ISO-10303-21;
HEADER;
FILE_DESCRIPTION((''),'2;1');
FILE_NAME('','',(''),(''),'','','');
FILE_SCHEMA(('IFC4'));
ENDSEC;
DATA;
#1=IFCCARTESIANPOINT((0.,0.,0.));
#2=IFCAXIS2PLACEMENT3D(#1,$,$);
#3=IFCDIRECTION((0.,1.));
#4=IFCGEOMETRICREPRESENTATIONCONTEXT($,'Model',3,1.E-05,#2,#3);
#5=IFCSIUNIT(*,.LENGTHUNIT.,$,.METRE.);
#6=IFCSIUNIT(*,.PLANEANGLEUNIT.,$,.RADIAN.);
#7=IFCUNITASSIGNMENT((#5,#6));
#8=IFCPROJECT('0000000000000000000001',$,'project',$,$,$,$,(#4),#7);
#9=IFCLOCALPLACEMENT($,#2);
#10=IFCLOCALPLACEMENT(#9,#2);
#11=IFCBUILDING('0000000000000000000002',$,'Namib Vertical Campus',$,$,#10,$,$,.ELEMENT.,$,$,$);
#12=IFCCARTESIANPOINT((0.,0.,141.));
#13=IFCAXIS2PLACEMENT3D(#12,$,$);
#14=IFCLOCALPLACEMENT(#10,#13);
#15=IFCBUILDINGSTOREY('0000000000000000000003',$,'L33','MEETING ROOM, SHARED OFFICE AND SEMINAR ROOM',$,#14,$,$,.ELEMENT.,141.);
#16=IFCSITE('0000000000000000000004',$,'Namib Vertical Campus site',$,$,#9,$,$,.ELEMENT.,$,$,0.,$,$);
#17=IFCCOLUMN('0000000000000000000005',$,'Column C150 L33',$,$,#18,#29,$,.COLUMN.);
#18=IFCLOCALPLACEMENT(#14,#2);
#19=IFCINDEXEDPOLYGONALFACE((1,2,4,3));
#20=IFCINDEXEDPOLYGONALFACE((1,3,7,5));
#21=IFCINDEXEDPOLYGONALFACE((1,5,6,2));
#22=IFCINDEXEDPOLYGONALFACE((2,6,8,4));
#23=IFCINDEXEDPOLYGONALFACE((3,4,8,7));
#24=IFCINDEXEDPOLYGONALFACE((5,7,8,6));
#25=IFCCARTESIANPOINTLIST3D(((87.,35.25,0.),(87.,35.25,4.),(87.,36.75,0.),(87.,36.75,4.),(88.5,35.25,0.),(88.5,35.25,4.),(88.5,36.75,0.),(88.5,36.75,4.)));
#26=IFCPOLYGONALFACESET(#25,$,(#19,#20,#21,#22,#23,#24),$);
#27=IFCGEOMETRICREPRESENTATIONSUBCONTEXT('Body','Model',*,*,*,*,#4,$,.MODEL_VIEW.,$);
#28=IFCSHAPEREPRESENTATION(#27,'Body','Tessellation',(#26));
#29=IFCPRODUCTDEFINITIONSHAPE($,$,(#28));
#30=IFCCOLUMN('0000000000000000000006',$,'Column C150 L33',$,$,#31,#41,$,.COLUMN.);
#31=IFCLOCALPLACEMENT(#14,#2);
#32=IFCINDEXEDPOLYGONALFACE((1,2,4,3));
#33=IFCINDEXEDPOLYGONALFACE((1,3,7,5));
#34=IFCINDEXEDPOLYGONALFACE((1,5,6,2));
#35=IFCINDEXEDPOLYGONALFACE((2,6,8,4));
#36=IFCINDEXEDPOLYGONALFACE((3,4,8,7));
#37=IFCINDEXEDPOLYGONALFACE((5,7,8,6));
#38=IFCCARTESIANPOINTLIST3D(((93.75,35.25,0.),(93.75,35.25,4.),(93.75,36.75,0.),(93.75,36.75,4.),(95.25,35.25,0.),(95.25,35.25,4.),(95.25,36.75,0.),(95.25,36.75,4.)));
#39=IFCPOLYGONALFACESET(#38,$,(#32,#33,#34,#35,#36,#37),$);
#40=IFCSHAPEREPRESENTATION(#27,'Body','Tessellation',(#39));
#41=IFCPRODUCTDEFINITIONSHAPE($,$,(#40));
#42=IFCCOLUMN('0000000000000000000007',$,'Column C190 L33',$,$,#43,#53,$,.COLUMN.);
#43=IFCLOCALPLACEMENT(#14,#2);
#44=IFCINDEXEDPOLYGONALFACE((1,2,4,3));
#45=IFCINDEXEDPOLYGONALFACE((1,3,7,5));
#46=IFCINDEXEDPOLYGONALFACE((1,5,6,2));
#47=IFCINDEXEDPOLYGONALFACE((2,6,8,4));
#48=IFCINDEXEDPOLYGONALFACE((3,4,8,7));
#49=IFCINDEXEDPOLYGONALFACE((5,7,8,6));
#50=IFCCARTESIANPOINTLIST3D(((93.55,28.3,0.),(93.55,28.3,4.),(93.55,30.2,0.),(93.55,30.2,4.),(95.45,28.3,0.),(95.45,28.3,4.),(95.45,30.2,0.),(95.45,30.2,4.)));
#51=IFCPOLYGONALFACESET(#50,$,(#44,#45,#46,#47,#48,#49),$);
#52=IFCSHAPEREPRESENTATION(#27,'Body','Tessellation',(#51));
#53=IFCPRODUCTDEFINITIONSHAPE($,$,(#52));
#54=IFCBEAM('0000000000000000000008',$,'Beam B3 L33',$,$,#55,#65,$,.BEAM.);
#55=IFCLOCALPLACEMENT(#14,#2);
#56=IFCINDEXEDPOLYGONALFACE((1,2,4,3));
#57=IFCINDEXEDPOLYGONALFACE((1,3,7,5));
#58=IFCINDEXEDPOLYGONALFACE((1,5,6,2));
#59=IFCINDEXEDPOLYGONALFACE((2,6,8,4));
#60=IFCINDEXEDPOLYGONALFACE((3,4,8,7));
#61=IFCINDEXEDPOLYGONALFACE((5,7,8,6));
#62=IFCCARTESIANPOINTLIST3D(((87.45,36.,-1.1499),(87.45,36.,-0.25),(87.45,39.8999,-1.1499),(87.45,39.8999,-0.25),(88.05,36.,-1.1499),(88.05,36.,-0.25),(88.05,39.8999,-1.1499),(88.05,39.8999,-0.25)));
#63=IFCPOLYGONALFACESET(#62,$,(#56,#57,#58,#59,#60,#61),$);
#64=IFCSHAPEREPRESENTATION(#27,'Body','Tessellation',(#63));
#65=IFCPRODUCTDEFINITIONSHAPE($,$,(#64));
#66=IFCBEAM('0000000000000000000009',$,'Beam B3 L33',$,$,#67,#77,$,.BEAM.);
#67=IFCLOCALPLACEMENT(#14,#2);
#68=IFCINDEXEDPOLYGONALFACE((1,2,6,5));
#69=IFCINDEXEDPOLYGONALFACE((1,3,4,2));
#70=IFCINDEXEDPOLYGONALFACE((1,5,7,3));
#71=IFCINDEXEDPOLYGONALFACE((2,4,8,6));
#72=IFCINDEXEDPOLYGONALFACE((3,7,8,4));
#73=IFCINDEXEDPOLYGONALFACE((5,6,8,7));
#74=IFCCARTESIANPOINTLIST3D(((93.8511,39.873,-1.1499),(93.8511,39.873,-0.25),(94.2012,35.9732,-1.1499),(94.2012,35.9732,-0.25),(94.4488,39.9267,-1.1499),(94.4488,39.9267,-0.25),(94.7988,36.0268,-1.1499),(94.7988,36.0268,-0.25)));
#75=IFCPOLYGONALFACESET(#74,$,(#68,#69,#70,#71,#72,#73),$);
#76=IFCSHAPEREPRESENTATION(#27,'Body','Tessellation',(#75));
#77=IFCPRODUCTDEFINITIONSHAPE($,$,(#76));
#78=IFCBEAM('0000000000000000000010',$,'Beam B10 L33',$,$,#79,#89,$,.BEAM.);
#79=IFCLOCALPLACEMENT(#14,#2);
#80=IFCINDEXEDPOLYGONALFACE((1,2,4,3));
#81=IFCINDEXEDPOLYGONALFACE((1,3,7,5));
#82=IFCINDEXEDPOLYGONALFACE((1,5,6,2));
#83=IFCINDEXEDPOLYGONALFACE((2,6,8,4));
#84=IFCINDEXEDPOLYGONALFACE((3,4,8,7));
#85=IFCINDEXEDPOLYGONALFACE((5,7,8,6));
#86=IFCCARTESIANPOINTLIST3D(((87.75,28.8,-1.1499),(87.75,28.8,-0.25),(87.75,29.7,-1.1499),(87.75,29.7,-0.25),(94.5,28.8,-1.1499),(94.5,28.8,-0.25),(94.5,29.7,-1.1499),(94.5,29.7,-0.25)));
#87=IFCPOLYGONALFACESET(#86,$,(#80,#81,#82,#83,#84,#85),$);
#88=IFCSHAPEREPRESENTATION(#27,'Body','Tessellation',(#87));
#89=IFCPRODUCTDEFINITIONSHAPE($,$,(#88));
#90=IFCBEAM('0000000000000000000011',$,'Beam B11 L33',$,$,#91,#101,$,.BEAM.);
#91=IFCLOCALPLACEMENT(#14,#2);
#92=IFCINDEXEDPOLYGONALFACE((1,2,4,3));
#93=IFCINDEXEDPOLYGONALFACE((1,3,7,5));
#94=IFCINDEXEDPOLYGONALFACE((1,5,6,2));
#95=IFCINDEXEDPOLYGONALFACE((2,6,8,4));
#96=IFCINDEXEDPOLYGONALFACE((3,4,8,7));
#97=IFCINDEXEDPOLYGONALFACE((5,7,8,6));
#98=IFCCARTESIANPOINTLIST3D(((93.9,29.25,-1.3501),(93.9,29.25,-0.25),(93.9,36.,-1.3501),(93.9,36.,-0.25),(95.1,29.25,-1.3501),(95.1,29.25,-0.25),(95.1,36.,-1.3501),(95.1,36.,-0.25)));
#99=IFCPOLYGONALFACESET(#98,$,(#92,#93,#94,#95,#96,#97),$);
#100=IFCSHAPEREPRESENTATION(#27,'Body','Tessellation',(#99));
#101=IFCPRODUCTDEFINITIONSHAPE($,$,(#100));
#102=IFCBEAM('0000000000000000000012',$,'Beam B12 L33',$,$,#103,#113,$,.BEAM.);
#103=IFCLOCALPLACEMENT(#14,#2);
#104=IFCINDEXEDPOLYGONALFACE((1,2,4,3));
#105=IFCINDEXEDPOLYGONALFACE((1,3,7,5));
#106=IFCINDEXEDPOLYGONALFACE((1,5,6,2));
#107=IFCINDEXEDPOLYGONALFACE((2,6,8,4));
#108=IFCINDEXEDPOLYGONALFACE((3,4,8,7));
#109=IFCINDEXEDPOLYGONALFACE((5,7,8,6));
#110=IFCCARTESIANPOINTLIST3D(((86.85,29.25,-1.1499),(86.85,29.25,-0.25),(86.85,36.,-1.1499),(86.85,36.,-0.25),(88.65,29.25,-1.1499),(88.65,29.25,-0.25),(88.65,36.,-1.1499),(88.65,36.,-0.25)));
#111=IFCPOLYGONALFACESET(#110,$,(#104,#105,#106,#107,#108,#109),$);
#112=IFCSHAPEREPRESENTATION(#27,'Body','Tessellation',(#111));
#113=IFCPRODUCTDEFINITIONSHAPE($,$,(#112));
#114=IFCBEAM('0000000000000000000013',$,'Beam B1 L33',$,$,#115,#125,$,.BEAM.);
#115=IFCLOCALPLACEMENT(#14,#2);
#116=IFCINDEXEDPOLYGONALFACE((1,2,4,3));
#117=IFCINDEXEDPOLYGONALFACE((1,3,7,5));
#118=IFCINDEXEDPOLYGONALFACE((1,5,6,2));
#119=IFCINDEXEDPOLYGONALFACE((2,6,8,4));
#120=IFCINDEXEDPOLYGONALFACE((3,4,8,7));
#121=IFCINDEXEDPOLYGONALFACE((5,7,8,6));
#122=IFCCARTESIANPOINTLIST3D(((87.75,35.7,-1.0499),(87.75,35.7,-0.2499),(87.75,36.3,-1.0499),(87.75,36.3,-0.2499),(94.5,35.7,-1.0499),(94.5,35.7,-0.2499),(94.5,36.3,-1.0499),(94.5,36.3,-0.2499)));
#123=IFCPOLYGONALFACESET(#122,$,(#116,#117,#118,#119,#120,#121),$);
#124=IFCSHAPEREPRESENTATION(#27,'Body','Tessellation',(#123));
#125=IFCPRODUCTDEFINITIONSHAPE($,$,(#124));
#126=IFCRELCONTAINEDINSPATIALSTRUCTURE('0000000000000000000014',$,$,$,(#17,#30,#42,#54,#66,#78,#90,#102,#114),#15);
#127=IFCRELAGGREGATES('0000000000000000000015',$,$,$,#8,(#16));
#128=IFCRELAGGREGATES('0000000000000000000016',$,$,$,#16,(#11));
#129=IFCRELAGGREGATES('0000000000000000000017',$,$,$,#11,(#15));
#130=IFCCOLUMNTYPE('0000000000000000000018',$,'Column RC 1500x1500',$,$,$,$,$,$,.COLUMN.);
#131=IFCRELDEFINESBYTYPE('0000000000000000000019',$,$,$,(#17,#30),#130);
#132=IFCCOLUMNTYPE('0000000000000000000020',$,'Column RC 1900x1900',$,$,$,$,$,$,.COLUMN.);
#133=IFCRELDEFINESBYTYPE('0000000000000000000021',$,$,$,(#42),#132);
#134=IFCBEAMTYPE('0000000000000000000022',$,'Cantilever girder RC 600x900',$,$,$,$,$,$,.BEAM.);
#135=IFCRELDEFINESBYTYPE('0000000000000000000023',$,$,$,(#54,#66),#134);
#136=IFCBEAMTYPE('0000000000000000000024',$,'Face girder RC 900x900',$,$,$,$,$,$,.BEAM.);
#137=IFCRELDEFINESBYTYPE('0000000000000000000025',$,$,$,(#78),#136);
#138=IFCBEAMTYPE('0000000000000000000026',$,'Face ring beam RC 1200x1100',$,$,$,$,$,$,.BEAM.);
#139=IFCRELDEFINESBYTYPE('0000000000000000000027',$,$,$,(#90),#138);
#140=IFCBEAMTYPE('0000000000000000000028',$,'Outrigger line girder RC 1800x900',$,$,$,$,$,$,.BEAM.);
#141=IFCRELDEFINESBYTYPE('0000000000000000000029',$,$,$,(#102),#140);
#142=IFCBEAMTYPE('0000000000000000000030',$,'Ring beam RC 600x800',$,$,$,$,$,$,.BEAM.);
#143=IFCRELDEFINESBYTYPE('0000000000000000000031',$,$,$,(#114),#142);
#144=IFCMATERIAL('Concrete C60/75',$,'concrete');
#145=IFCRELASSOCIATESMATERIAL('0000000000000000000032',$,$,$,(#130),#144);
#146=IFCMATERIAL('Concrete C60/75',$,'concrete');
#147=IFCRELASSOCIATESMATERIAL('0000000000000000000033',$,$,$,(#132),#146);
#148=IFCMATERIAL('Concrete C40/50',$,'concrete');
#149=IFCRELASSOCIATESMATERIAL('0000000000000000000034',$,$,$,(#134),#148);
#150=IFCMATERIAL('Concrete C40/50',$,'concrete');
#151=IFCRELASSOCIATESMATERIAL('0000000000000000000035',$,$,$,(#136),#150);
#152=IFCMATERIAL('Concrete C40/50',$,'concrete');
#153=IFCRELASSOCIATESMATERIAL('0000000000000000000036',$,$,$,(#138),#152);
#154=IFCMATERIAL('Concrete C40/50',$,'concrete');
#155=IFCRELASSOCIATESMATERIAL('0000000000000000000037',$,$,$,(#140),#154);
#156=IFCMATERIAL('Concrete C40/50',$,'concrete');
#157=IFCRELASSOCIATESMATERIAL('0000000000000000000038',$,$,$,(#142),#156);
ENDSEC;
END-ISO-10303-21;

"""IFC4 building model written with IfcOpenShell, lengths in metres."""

from ifc_helpers import new_model, si_unit, direction, frame, origin, origin_2d, place, context, subcontext, project, spatial, rectangle, extrude, material, material_profile, profile_set, type_object, element, save


model = new_model("IFC4")

# Units and contexts
model_context = context("Model", 3, precision=1e-05, world=origin(), true_north=direction((0.0, 1.0)))
body_context = subcontext(model_context, "Body", "Model", "MODEL_VIEW")
ifc_project = project(units=[si_unit("LENGTHUNIT", "METRE"), si_unit("PLANEANGLEUNIT", "RADIAN")], contexts=[model_context])

# Site, building, storey
site_placement = place(None, origin())
site = spatial("IfcSite", under=ifc_project, at=site_placement, Name="Namib Vertical Campus site", CompositionType="ELEMENT", RefElevation=0.0)
building_placement = place(site_placement, origin())
building = spatial("IfcBuilding", under=site, at=building_placement, Name="Namib Vertical Campus", CompositionType="ELEMENT")
storey_placement = place(building_placement, frame((0.0, 0.0, 141.0)))
storey = spatial("IfcBuildingStorey", under=building, at=storey_placement, Name="L33", Description="MEETING ROOM, SHARED OFFICE AND SEMINAR ROOM", CompositionType="ELEMENT", Elevation=141.0)

# Columns
ifc_material_1 = material(Name="Concrete C60/75", Category="concrete")
ifc_material_profile_1 = material_profile(ifc_material_1, rectangle(XDim=1.5, YDim=1.5, at=origin_2d()))
ifc_profile_set_1 = profile_set([ifc_material_profile_1], Name="Concrete C60/75")
column_type_1 = type_object("IfcColumnType", Name="Column RC 1500x1500", PredefinedType="COLUMN", material=ifc_profile_set_1)
for number, where, z_axis, x_axis, name in (
    (1, (87.75, 36.0, 0.0), (0.0, 0.0, 1.0), (1.0, 0.0, 0.0), "Column C150 L33"),
    (2, (94.5, 36.0, 0.0), (0.0, 0.0, 1.0), (1.0, 0.0, 0.0), "Column C150 L33"),
):
    element("IfcColumn", number, at=place(storey_placement, frame(where, z_axis=z_axis, x_axis=x_axis)), inside=storey, type_object=column_type_1, Name=name, PredefinedType="COLUMN", context=body_context, shape_type="SweptSolid", body=[
        extrude(rectangle(XDim=1.5, YDim=1.5, at=origin_2d()), origin(), (0.0, 0.0, 1.0), 4.0),
    ])
ifc_material_2 = material(Name="Concrete C60/75", Category="concrete")
ifc_material_profile_2 = material_profile(ifc_material_2, rectangle(XDim=1.8999, YDim=1.8999, at=origin_2d()))
ifc_profile_set_2 = profile_set([ifc_material_profile_2], Name="Concrete C60/75")
column_type_2 = type_object("IfcColumnType", Name="Column RC 1900x1900", PredefinedType="COLUMN", material=ifc_profile_set_2)
column_placement = place(storey_placement, frame((94.5, 29.25, 0.0), z_axis=(0.0, 0.0, 1.0), x_axis=(1.0, 0.0, 0.0)))
element("IfcColumn", 3, at=column_placement, inside=storey, type_object=column_type_2, Name="Column C190 L33", PredefinedType="COLUMN", context=body_context, shape_type="SweptSolid", body=[
    extrude(rectangle(XDim=1.8999, YDim=1.8999, at=origin_2d()), origin(), (0.0, 0.0, 1.0), 4.0),
])

# Beams
ifc_material_3 = material(Name="Concrete C40/50", Category="concrete")
ifc_material_profile_3 = material_profile(ifc_material_3, rectangle(XDim=0.6001, YDim=0.8999, at=origin_2d()))
ifc_profile_set_3 = profile_set([ifc_material_profile_3], Name="Concrete C40/50")
beam_type_1 = type_object("IfcBeamType", Name="Cantilever girder RC 600x900", PredefinedType="BEAM", material=ifc_profile_set_3)
beam_1_placement = place(storey_placement, frame((87.75, 36.0, -0.7), z_axis=(0.0, 1.0, 0.0), x_axis=(-1.0, 0.0, 0.0)))
element("IfcBeam", 4, at=beam_1_placement, inside=storey, type_object=beam_type_1, Name="Beam B3 L33", PredefinedType="BEAM", context=body_context, shape_type="SweptSolid", body=[
    extrude(rectangle(XDim=0.6001, YDim=0.8999, at=origin_2d()), origin(), (0.0, 0.0, 1.0), 3.8999),
])
beam_2_placement = place(storey_placement, frame((94.5, 36.0, -0.7), z_axis=(-0.089411, 0.995995, 0.0), x_axis=(-0.995995, -0.089411, 0.0)))
element("IfcBeam", 5, at=beam_2_placement, inside=storey, type_object=beam_type_1, Name="Beam B3 L33", PredefinedType="BEAM", context=body_context, shape_type="SweptSolid", body=[
    extrude(rectangle(XDim=0.6001, YDim=0.8999, at=origin_2d()), origin(), (0.0, 0.0, 1.0), 3.9155),
])
ifc_material_4 = material(Name="Concrete C40/50", Category="concrete")
ifc_material_profile_4 = material_profile(ifc_material_4, rectangle(XDim=0.8999, YDim=0.8999, at=origin_2d()))
ifc_profile_set_4 = profile_set([ifc_material_profile_4], Name="Concrete C40/50")
beam_type_2 = type_object("IfcBeamType", Name="Face girder RC 900x900", PredefinedType="BEAM", material=ifc_profile_set_4)
beam_3_placement = place(storey_placement, frame((94.5, 29.25, -0.7), z_axis=(-1.0, 0.0, 0.0), x_axis=(0.0, -1.0, 0.0)))
element("IfcBeam", 6, at=beam_3_placement, inside=storey, type_object=beam_type_2, Name="Beam B10 L33", PredefinedType="BEAM", context=body_context, shape_type="SweptSolid", body=[
    extrude(rectangle(XDim=0.8999, YDim=0.8999, at=origin_2d()), origin(), (0.0, 0.0, 1.0), 6.75),
])
ifc_material_5 = material(Name="Concrete C40/50", Category="concrete")
ifc_material_profile_5 = material_profile(ifc_material_5, rectangle(XDim=1.2, YDim=1.1001, at=origin_2d()))
ifc_profile_set_5 = profile_set([ifc_material_profile_5], Name="Concrete C40/50")
beam_type_3 = type_object("IfcBeamType", Name="Face ring beam RC 1200x1100", PredefinedType="BEAM", material=ifc_profile_set_5)
beam_4_placement = place(storey_placement, frame((94.5, 29.25, -0.8), z_axis=(0.0, 1.0, 0.0), x_axis=(-1.0, 0.0, 0.0)))
element("IfcBeam", 7, at=beam_4_placement, inside=storey, type_object=beam_type_3, Name="Beam B11 L33", PredefinedType="BEAM", context=body_context, shape_type="SweptSolid", body=[
    extrude(rectangle(XDim=1.2, YDim=1.1001, at=origin_2d()), origin(), (0.0, 0.0, 1.0), 6.75),
])
ifc_material_6 = material(Name="Concrete C40/50", Category="concrete")
ifc_material_profile_6 = material_profile(ifc_material_6, rectangle(XDim=1.8, YDim=0.8999, at=origin_2d()))
ifc_profile_set_6 = profile_set([ifc_material_profile_6], Name="Concrete C40/50")
beam_type_4 = type_object("IfcBeamType", Name="Outrigger line girder RC 1800x900", PredefinedType="BEAM", material=ifc_profile_set_6)
beam_5_placement = place(storey_placement, frame((87.75, 36.0, -0.7), z_axis=(0.0, -1.0, 0.0), x_axis=(1.0, 0.0, 0.0)))
element("IfcBeam", 8, at=beam_5_placement, inside=storey, type_object=beam_type_4, Name="Beam B12 L33", PredefinedType="BEAM", context=body_context, shape_type="SweptSolid", body=[
    extrude(rectangle(XDim=1.8, YDim=0.8999, at=origin_2d()), origin(), (0.0, 0.0, 1.0), 6.75),
])
ifc_material_7 = material(Name="Concrete C40/50", Category="concrete")
ifc_material_profile_7 = material_profile(ifc_material_7, rectangle(XDim=0.6001, YDim=0.8, at=origin_2d()))
ifc_profile_set_7 = profile_set([ifc_material_profile_7], Name="Concrete C40/50")
beam_type_5 = type_object("IfcBeamType", Name="Ring beam RC 600x800", PredefinedType="BEAM", material=ifc_profile_set_7)
beam_6_placement = place(storey_placement, frame((87.75, 36.0, -0.6499), z_axis=(1.0, 0.0, 0.0), x_axis=(0.0, 1.0, 0.0)))
element("IfcBeam", 9, at=beam_6_placement, inside=storey, type_object=beam_type_5, Name="Beam B1 L33", PredefinedType="BEAM", context=body_context, shape_type="SweptSolid", body=[
    extrude(rectangle(XDim=0.6001, YDim=0.8, at=origin_2d()), origin(), (0.0, 0.0, 1.0), 6.75),
])

save(model, "model.ifc")
